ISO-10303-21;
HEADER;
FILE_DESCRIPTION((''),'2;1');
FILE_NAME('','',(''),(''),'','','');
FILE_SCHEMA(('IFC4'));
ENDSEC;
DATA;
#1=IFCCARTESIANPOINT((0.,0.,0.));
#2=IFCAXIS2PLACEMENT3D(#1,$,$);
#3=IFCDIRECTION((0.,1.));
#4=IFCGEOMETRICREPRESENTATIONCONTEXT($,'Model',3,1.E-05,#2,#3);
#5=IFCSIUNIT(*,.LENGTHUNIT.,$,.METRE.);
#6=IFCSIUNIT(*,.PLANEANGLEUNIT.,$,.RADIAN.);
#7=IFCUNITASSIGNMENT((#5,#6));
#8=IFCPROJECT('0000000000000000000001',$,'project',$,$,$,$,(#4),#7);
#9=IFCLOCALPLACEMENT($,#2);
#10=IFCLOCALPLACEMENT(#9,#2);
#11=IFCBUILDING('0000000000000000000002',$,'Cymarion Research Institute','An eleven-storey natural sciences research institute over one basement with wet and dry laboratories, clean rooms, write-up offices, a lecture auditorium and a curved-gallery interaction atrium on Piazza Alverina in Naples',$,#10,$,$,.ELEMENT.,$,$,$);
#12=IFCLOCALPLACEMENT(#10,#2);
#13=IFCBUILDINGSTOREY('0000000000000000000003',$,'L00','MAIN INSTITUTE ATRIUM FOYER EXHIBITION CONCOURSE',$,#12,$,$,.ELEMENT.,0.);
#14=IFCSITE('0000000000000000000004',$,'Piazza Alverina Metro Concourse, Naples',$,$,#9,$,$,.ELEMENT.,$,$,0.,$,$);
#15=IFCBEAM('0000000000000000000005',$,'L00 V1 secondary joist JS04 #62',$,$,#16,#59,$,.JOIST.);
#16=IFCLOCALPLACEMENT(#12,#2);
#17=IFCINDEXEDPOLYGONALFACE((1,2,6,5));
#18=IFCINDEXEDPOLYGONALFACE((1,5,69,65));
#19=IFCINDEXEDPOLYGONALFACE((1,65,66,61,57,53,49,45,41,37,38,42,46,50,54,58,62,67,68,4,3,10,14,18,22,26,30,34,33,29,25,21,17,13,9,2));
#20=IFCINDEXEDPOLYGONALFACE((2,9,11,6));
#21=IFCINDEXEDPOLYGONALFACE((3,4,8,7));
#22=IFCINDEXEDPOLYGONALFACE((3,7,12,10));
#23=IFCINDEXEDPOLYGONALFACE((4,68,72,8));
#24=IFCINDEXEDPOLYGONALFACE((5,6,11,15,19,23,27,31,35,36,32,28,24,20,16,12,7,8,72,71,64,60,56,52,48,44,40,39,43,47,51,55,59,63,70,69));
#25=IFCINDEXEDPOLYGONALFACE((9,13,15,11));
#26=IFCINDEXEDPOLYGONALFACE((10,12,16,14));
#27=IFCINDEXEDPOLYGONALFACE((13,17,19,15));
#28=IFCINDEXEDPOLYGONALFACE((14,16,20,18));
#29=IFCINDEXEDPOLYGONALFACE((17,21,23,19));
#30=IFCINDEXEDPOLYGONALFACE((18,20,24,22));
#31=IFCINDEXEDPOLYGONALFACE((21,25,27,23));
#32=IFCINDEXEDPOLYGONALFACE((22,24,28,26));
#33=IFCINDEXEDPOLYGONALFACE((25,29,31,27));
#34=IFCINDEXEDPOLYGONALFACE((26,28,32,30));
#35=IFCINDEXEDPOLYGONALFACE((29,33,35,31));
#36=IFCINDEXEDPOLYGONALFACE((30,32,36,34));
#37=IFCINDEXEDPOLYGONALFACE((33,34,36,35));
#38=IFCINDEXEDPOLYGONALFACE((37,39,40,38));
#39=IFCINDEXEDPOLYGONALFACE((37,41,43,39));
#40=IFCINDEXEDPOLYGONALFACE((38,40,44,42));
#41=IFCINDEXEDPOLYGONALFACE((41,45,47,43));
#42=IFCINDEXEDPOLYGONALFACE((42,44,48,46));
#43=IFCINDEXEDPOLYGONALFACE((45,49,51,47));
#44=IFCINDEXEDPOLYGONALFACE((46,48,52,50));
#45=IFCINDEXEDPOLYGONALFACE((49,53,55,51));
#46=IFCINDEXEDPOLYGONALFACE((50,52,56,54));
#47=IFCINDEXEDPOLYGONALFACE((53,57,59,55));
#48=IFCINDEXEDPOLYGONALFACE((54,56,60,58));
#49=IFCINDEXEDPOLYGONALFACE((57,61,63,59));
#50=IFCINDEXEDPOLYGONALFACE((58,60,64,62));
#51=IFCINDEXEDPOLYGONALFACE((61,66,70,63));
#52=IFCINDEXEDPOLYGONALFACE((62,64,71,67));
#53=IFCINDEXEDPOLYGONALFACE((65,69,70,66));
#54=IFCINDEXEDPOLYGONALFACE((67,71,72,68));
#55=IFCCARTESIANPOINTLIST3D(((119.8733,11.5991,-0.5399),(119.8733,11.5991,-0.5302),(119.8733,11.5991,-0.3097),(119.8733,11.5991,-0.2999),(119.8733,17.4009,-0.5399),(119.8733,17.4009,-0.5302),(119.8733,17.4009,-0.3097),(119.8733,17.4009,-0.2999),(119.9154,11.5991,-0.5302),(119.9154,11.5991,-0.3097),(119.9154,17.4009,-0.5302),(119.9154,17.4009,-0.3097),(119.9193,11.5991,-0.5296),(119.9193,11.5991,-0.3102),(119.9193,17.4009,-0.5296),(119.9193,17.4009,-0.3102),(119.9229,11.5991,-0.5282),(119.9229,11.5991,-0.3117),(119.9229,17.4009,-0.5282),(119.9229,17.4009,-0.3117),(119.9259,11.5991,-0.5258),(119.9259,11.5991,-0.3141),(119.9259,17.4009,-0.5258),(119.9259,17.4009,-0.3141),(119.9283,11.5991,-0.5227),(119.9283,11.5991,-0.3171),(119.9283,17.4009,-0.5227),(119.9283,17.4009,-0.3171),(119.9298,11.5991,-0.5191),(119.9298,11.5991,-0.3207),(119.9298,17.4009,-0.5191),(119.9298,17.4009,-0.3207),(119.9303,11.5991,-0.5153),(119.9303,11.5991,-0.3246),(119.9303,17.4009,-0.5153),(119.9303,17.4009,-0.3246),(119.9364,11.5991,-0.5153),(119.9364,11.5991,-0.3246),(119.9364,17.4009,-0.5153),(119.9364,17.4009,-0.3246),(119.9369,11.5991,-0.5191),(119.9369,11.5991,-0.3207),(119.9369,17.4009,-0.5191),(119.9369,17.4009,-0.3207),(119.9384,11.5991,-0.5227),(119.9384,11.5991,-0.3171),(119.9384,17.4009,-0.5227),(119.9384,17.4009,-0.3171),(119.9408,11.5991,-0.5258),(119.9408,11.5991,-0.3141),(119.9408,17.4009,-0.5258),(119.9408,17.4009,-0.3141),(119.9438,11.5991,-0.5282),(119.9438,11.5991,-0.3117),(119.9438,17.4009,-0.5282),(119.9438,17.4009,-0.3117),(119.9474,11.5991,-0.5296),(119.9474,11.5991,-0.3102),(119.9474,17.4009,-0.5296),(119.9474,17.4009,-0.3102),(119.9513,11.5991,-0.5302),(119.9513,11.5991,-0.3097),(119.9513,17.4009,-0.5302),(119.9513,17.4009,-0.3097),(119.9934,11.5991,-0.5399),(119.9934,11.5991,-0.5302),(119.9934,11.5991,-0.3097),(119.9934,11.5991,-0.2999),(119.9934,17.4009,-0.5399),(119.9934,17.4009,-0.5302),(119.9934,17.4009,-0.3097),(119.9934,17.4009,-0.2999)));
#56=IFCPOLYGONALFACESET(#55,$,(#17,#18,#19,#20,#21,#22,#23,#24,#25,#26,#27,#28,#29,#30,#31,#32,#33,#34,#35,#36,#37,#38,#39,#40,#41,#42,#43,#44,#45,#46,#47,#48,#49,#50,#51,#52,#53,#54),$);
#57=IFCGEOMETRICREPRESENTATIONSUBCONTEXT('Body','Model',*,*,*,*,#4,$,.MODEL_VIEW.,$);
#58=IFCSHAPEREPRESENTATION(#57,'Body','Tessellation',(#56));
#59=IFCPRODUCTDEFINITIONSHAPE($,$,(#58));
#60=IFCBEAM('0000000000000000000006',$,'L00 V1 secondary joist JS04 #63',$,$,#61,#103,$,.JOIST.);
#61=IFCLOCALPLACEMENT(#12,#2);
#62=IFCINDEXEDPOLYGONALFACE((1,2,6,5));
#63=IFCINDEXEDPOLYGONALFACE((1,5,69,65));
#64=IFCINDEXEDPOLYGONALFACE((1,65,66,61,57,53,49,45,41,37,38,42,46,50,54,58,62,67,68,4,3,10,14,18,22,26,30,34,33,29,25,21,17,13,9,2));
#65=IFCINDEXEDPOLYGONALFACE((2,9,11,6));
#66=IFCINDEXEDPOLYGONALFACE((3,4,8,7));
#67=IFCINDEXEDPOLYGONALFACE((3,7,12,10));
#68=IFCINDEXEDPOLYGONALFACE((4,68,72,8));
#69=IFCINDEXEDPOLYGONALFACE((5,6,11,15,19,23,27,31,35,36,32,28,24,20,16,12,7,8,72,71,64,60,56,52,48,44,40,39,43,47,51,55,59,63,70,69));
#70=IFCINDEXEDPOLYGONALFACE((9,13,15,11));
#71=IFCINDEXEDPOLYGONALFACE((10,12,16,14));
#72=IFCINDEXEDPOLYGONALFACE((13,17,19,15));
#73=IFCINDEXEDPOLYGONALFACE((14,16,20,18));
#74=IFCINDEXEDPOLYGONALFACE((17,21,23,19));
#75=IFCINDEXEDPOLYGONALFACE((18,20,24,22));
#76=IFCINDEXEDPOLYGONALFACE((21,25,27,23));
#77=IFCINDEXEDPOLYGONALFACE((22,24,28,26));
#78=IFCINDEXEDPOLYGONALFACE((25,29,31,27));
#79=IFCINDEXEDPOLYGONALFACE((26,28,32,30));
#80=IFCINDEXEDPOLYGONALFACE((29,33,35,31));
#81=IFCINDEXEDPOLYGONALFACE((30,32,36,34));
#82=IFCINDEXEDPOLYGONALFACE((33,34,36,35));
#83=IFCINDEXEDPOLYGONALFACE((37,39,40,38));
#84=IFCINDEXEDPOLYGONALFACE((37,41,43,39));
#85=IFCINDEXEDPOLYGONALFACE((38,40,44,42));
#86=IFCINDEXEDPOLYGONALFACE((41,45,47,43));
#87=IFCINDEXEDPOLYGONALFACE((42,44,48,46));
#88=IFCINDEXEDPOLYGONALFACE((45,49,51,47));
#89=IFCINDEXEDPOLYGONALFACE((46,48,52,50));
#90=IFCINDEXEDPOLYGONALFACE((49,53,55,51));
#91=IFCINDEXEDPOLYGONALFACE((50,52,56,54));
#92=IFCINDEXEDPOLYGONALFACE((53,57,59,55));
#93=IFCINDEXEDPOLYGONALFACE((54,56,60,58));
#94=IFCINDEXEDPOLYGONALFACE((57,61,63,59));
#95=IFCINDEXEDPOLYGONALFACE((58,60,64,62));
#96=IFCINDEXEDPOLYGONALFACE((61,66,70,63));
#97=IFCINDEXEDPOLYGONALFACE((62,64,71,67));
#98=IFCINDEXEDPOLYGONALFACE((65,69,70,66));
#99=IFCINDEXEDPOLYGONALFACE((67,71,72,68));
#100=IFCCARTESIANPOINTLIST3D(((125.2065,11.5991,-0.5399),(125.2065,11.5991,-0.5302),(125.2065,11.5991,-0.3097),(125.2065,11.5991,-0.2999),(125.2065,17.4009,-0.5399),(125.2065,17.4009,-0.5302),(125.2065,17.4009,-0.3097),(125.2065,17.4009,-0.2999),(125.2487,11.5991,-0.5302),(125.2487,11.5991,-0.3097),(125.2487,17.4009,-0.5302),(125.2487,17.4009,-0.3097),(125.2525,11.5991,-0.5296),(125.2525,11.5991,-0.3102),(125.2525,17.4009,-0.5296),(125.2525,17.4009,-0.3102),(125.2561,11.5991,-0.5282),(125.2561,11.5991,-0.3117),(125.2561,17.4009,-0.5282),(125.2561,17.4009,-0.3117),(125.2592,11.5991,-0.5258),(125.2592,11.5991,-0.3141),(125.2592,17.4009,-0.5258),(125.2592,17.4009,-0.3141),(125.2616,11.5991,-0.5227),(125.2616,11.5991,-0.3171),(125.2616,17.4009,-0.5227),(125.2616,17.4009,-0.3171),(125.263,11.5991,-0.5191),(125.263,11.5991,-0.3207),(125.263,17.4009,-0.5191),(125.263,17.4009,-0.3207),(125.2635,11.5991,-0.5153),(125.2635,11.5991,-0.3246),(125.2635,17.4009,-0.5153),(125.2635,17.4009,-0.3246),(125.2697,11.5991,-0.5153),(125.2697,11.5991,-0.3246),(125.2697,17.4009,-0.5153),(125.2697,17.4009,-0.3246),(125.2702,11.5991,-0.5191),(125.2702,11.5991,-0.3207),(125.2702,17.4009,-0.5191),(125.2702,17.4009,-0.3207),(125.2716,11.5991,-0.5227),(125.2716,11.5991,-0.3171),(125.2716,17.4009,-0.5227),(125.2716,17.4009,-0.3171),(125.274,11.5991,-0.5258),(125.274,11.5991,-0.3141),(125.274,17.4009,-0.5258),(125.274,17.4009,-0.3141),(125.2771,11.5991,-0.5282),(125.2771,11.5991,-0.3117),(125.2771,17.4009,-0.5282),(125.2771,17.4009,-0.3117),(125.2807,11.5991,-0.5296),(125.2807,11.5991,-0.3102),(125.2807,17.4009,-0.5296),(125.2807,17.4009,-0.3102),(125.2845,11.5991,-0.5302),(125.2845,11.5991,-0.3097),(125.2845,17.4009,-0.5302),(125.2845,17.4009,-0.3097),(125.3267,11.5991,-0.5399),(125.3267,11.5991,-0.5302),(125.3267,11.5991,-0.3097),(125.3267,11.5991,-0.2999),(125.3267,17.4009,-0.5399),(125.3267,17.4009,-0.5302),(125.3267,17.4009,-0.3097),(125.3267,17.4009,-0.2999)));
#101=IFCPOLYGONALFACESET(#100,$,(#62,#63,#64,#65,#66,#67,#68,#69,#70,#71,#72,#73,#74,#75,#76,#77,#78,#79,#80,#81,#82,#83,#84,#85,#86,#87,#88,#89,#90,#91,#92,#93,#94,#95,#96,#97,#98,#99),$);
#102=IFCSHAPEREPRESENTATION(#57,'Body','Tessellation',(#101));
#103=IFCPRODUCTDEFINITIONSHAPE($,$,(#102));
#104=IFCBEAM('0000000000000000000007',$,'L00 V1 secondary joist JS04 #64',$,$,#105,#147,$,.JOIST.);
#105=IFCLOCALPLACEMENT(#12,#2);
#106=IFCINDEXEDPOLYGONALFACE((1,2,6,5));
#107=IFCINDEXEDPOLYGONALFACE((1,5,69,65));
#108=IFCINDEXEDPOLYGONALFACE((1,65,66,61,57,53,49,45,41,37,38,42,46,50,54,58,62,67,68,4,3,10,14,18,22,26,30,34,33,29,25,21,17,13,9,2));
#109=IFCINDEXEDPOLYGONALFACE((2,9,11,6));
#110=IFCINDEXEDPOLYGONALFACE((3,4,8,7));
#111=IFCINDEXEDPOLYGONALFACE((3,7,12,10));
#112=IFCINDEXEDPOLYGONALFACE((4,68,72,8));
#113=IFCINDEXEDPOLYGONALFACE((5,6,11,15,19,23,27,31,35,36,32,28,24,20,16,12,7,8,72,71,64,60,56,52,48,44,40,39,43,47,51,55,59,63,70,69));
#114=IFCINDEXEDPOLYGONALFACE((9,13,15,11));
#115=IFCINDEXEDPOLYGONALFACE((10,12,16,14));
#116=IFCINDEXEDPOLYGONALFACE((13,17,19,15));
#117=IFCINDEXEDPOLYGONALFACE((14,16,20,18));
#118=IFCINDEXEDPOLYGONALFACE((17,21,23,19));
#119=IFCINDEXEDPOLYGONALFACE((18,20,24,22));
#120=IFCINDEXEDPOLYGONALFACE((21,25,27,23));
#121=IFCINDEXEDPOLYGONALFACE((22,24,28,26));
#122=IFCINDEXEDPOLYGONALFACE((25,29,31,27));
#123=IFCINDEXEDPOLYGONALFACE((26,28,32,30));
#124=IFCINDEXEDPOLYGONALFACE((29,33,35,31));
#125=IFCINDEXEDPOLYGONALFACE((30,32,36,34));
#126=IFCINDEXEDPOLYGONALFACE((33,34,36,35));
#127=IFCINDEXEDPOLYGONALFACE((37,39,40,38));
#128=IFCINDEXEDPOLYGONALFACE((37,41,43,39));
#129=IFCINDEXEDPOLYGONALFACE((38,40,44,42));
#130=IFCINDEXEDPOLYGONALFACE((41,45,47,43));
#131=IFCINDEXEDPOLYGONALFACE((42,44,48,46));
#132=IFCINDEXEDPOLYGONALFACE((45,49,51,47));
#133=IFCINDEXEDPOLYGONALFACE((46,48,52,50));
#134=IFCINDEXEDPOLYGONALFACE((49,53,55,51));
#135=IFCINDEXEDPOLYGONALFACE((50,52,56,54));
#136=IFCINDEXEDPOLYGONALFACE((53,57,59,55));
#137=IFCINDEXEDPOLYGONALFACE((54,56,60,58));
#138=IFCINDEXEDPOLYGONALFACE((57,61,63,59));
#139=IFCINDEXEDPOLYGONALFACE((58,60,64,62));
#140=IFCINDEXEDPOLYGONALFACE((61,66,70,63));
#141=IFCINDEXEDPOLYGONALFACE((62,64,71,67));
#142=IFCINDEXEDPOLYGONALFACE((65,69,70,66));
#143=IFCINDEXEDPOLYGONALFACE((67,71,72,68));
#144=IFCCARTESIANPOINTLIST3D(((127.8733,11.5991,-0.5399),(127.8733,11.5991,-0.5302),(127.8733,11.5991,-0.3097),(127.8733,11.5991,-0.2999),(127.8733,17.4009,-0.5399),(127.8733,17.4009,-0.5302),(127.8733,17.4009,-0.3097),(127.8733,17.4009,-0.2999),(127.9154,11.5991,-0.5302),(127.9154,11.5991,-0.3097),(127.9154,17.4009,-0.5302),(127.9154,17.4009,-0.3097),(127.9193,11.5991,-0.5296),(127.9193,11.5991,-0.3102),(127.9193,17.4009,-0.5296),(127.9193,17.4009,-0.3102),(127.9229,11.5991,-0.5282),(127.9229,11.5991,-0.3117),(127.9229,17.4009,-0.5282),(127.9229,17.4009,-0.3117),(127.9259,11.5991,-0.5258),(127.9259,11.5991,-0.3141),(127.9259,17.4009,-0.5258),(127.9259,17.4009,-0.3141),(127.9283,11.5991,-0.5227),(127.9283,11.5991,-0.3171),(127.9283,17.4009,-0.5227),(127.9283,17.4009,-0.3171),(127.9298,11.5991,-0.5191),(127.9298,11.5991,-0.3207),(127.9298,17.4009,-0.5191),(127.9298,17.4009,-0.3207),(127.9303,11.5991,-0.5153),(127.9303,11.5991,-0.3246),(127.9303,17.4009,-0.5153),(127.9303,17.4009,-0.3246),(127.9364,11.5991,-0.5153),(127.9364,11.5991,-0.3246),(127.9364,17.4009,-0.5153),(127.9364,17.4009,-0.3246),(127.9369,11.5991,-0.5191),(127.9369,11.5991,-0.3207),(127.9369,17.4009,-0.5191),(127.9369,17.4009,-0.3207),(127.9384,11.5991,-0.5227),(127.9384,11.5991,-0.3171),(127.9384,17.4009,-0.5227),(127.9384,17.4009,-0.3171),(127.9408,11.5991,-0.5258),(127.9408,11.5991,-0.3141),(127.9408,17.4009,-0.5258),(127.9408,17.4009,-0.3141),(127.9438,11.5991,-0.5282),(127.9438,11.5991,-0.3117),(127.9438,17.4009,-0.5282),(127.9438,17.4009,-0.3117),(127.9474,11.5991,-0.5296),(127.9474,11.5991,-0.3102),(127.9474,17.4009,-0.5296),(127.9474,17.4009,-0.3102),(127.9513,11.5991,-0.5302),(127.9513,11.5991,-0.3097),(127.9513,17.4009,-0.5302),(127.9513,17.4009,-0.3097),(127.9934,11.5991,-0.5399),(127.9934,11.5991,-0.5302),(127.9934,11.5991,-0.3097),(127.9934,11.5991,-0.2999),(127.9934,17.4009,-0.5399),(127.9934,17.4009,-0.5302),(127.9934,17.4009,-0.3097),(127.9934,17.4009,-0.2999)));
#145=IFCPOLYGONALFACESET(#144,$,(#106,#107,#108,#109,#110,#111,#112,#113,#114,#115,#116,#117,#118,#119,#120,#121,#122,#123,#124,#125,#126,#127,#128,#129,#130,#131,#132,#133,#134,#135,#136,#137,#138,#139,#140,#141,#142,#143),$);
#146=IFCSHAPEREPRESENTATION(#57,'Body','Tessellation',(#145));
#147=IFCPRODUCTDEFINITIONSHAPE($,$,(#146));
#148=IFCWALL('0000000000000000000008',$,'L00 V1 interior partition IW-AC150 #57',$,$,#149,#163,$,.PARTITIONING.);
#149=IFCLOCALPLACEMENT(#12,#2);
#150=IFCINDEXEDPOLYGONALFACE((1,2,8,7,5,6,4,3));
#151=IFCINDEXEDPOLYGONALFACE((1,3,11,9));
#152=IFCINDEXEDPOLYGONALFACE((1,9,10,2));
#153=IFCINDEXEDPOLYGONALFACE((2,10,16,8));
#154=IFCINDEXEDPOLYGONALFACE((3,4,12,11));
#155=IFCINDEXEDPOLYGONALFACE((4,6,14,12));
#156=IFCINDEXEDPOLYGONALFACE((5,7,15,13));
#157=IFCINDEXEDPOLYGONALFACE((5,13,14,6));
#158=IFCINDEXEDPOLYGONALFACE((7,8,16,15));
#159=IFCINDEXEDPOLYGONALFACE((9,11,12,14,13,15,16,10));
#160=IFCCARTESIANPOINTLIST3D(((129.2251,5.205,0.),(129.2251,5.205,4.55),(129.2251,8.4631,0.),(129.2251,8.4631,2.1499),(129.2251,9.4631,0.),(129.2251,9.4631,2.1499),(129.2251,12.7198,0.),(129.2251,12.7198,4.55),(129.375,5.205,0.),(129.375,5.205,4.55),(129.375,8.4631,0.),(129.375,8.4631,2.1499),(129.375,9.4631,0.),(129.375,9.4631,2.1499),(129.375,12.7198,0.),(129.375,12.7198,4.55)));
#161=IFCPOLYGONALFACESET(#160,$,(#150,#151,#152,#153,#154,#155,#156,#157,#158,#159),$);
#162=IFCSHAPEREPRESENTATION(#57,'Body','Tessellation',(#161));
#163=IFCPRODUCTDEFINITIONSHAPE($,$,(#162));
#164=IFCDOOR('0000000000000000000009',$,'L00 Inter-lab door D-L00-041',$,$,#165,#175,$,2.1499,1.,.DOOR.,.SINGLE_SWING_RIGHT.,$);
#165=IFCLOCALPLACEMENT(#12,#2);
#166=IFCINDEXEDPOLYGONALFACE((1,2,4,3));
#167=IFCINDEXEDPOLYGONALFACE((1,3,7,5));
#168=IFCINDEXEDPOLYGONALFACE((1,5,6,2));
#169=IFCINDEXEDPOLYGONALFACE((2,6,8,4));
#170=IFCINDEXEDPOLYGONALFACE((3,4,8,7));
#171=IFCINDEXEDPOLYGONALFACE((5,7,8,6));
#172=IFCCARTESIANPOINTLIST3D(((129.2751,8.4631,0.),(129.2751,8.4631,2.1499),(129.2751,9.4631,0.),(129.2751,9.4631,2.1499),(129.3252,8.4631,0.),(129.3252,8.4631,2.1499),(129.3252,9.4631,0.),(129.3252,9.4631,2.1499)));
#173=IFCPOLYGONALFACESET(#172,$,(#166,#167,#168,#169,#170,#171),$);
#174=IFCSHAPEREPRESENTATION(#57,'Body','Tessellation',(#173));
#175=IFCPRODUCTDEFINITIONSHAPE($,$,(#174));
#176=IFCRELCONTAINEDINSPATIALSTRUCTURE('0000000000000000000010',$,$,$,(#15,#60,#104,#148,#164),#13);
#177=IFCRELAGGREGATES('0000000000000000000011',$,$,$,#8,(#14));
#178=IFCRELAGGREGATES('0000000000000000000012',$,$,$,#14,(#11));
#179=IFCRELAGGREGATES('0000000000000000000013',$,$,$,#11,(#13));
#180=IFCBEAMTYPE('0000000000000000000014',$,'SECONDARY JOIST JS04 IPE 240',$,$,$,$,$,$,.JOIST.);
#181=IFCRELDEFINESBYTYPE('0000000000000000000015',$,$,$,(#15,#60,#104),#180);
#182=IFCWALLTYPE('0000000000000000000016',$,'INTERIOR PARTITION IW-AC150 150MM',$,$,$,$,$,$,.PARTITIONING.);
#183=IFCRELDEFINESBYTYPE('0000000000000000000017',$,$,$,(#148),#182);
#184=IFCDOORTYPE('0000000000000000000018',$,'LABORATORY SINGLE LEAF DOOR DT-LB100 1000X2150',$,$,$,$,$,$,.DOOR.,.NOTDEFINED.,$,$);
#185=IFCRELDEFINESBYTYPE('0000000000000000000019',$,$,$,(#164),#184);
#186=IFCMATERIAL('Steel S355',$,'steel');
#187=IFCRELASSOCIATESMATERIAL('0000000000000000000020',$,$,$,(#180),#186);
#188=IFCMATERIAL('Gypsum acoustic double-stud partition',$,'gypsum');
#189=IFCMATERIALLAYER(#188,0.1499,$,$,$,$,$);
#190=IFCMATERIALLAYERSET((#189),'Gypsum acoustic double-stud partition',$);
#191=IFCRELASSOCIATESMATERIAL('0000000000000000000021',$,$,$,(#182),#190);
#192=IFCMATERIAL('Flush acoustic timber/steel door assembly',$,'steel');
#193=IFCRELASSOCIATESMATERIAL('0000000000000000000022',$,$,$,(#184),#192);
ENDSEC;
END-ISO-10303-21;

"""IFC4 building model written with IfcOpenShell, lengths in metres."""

from ifc_helpers import new_model, si_unit, direction, frame, frame_2d, origin, origin_2d, place, context, subcontext, project, spatial, rectangle, i_section, extrude, material, layer, layer_set, material_profile, profile_set, type_object, element, fill, save


model = new_model("IFC4")

# Units and contexts
model_context = context("Model", 3, precision=1e-05, world=origin(), true_north=direction((0.0, 1.0)))
body_context = subcontext(model_context, "Body", "Model", "MODEL_VIEW")
ifc_project = project(units=[si_unit("LENGTHUNIT", "METRE"), si_unit("PLANEANGLEUNIT", "RADIAN")], contexts=[model_context])

# Site, building, storey
site_placement = place(None, origin())
site = spatial("IfcSite", under=ifc_project, at=site_placement, Name="Piazza Alverina Metro Concourse, Naples", CompositionType="ELEMENT", RefElevation=0.0)
building_placement = place(site_placement, origin())
building = spatial("IfcBuilding", under=site, at=building_placement, Name="Cymarion Research Institute", Description="An eleven-storey natural sciences research institute over one basement with wet and dry laboratories, clean rooms, write-up offices, a lecture auditorium and a curved-gallery interaction atrium on Piazza Alverina in Naples", CompositionType="ELEMENT")
storey_placement = place(building_placement, origin())
storey = spatial("IfcBuildingStorey", under=building, at=storey_placement, Name="L00", Description="MAIN INSTITUTE ATRIUM FOYER EXHIBITION CONCOURSE", CompositionType="ELEMENT", Elevation=0.0)

# Shared definitions
ifc_material_1 = material(Name="Steel S355", Category="steel")

# Beams
ifc_material_profile_1 = material_profile(ifc_material_1, i_section(OverallWidth=0.1201, OverallDepth=0.24, WebThickness=0.0061, FlangeThickness=0.0098, FilletRadius=0.0149, at=origin_2d()), Name="IPE 240")
ifc_profile_set_1 = profile_set([ifc_material_profile_1], Name="Steel S355")
beam_type_1 = type_object("IfcBeamType", Name="SECONDARY JOIST JS04 IPE 240", PredefinedType="JOIST", material=ifc_profile_set_1)
for number, where, z_axis, x_axis, name in (
    (1, (119.9333, 11.5991, -0.4199), (0.0, 1.0, 0.0), (-1.0, 0.0, 0.0), "L00 V1 secondary joist JS04 #62"),
    (2, (125.2666, 11.5991, -0.4199), (0.0, 1.0, 0.0), (-1.0, 0.0, 0.0), "L00 V1 secondary joist JS04 #63"),
    (3, (127.9333, 11.5991, -0.4199), (0.0, 1.0, 0.0), (-1.0, 0.0, 0.0), "L00 V1 secondary joist JS04 #64"),
):
    element("IfcBeam", number, at=place(storey_placement, frame(where, z_axis=z_axis, x_axis=x_axis)), inside=storey, type_object=beam_type_1, Name=name, PredefinedType="JOIST", context=body_context, shape_type="SweptSolid", body=[
        extrude(i_section(OverallWidth=0.1201, OverallDepth=0.24, WebThickness=0.0061, FlangeThickness=0.0098, FilletRadius=0.0149, at=origin_2d()), origin(), (0.0, 0.0, 1.0), 5.8018),
    ])

# Wall, opening, door
ifc_material_2 = material(Name="Gypsum acoustic double-stud partition", Category="gypsum")
ifc_layer_1 = layer(ifc_material_2, 0.1499)
ifc_layer_set_1 = layer_set([ifc_layer_1], Name="Gypsum acoustic double-stud partition")
wall_type_1 = type_object("IfcWallType", Name="INTERIOR PARTITION IW-AC150 150MM", PredefinedType="PARTITIONING", material=ifc_layer_set_1)
wall_1_placement = place(storey_placement, frame((129.3, 5.2051, 0.0), z_axis=(0.0, 0.0, 1.0), x_axis=(0.0, 1.0, 0.0)))
wall_1 = element("IfcWall", 4, at=wall_1_placement, inside=storey, type_object=wall_type_1, Name="L00 V1 interior partition IW-AC150 #57", PredefinedType="PARTITIONING", context=body_context, shape_type="SweptSolid", body=[
    extrude(rectangle(XDim=7.5149, YDim=0.1499, at=frame_2d((3.7573, 0.0))), origin(), (0.0, 0.0, 1.0), 4.55),
])
opening_1_placement = place(wall_1_placement, frame((3.2581, 0.0, 0.0)))
opening_1 = element("IfcOpeningElement", 5, at=opening_1_placement, cuts=wall_1, PredefinedType="OPENING", context=body_context, shape_type="SweptSolid", body=[
    extrude(rectangle(XDim=1.0, YDim=2.1499, at=frame_2d((0.5, 1.075))), frame((0.0, 0.085, 0.0), z_axis=(0.0, -1.0, 0.0), x_axis=(1.0, 0.0, 0.0)), (0.0, 0.0, 1.0), 0.1699),
])
ifc_material_3 = material(Name="Flush acoustic timber/steel door assembly", Category="steel")
door_type_1 = type_object("IfcDoorType", Name="LABORATORY SINGLE LEAF DOOR DT-LB100 1000X2150", OperationType="NOTDEFINED", PredefinedType="DOOR", material=ifc_material_3)
door_1_placement = place(opening_1_placement, origin())
door_1 = element("IfcDoor", 6, at=door_1_placement, inside=storey, type_object=door_type_1, Name="L00 Inter-lab door D-L00-041", OperationType="SINGLE_SWING_RIGHT", OverallHeight=2.1499, OverallWidth=1.0, PredefinedType="DOOR", context=body_context, shape_type="SweptSolid", body=[
    extrude(rectangle(XDim=1.0, YDim=2.1499, at=frame_2d((0.5, 1.075))), frame((0.0, 0.0249, 0.0), z_axis=(0.0, -1.0, 0.0), x_axis=(1.0, 0.0, 0.0)), (0.0, 0.0, 1.0), 0.05),
])
fill(opening_1, door_1)

save(model, "model.ifc")
